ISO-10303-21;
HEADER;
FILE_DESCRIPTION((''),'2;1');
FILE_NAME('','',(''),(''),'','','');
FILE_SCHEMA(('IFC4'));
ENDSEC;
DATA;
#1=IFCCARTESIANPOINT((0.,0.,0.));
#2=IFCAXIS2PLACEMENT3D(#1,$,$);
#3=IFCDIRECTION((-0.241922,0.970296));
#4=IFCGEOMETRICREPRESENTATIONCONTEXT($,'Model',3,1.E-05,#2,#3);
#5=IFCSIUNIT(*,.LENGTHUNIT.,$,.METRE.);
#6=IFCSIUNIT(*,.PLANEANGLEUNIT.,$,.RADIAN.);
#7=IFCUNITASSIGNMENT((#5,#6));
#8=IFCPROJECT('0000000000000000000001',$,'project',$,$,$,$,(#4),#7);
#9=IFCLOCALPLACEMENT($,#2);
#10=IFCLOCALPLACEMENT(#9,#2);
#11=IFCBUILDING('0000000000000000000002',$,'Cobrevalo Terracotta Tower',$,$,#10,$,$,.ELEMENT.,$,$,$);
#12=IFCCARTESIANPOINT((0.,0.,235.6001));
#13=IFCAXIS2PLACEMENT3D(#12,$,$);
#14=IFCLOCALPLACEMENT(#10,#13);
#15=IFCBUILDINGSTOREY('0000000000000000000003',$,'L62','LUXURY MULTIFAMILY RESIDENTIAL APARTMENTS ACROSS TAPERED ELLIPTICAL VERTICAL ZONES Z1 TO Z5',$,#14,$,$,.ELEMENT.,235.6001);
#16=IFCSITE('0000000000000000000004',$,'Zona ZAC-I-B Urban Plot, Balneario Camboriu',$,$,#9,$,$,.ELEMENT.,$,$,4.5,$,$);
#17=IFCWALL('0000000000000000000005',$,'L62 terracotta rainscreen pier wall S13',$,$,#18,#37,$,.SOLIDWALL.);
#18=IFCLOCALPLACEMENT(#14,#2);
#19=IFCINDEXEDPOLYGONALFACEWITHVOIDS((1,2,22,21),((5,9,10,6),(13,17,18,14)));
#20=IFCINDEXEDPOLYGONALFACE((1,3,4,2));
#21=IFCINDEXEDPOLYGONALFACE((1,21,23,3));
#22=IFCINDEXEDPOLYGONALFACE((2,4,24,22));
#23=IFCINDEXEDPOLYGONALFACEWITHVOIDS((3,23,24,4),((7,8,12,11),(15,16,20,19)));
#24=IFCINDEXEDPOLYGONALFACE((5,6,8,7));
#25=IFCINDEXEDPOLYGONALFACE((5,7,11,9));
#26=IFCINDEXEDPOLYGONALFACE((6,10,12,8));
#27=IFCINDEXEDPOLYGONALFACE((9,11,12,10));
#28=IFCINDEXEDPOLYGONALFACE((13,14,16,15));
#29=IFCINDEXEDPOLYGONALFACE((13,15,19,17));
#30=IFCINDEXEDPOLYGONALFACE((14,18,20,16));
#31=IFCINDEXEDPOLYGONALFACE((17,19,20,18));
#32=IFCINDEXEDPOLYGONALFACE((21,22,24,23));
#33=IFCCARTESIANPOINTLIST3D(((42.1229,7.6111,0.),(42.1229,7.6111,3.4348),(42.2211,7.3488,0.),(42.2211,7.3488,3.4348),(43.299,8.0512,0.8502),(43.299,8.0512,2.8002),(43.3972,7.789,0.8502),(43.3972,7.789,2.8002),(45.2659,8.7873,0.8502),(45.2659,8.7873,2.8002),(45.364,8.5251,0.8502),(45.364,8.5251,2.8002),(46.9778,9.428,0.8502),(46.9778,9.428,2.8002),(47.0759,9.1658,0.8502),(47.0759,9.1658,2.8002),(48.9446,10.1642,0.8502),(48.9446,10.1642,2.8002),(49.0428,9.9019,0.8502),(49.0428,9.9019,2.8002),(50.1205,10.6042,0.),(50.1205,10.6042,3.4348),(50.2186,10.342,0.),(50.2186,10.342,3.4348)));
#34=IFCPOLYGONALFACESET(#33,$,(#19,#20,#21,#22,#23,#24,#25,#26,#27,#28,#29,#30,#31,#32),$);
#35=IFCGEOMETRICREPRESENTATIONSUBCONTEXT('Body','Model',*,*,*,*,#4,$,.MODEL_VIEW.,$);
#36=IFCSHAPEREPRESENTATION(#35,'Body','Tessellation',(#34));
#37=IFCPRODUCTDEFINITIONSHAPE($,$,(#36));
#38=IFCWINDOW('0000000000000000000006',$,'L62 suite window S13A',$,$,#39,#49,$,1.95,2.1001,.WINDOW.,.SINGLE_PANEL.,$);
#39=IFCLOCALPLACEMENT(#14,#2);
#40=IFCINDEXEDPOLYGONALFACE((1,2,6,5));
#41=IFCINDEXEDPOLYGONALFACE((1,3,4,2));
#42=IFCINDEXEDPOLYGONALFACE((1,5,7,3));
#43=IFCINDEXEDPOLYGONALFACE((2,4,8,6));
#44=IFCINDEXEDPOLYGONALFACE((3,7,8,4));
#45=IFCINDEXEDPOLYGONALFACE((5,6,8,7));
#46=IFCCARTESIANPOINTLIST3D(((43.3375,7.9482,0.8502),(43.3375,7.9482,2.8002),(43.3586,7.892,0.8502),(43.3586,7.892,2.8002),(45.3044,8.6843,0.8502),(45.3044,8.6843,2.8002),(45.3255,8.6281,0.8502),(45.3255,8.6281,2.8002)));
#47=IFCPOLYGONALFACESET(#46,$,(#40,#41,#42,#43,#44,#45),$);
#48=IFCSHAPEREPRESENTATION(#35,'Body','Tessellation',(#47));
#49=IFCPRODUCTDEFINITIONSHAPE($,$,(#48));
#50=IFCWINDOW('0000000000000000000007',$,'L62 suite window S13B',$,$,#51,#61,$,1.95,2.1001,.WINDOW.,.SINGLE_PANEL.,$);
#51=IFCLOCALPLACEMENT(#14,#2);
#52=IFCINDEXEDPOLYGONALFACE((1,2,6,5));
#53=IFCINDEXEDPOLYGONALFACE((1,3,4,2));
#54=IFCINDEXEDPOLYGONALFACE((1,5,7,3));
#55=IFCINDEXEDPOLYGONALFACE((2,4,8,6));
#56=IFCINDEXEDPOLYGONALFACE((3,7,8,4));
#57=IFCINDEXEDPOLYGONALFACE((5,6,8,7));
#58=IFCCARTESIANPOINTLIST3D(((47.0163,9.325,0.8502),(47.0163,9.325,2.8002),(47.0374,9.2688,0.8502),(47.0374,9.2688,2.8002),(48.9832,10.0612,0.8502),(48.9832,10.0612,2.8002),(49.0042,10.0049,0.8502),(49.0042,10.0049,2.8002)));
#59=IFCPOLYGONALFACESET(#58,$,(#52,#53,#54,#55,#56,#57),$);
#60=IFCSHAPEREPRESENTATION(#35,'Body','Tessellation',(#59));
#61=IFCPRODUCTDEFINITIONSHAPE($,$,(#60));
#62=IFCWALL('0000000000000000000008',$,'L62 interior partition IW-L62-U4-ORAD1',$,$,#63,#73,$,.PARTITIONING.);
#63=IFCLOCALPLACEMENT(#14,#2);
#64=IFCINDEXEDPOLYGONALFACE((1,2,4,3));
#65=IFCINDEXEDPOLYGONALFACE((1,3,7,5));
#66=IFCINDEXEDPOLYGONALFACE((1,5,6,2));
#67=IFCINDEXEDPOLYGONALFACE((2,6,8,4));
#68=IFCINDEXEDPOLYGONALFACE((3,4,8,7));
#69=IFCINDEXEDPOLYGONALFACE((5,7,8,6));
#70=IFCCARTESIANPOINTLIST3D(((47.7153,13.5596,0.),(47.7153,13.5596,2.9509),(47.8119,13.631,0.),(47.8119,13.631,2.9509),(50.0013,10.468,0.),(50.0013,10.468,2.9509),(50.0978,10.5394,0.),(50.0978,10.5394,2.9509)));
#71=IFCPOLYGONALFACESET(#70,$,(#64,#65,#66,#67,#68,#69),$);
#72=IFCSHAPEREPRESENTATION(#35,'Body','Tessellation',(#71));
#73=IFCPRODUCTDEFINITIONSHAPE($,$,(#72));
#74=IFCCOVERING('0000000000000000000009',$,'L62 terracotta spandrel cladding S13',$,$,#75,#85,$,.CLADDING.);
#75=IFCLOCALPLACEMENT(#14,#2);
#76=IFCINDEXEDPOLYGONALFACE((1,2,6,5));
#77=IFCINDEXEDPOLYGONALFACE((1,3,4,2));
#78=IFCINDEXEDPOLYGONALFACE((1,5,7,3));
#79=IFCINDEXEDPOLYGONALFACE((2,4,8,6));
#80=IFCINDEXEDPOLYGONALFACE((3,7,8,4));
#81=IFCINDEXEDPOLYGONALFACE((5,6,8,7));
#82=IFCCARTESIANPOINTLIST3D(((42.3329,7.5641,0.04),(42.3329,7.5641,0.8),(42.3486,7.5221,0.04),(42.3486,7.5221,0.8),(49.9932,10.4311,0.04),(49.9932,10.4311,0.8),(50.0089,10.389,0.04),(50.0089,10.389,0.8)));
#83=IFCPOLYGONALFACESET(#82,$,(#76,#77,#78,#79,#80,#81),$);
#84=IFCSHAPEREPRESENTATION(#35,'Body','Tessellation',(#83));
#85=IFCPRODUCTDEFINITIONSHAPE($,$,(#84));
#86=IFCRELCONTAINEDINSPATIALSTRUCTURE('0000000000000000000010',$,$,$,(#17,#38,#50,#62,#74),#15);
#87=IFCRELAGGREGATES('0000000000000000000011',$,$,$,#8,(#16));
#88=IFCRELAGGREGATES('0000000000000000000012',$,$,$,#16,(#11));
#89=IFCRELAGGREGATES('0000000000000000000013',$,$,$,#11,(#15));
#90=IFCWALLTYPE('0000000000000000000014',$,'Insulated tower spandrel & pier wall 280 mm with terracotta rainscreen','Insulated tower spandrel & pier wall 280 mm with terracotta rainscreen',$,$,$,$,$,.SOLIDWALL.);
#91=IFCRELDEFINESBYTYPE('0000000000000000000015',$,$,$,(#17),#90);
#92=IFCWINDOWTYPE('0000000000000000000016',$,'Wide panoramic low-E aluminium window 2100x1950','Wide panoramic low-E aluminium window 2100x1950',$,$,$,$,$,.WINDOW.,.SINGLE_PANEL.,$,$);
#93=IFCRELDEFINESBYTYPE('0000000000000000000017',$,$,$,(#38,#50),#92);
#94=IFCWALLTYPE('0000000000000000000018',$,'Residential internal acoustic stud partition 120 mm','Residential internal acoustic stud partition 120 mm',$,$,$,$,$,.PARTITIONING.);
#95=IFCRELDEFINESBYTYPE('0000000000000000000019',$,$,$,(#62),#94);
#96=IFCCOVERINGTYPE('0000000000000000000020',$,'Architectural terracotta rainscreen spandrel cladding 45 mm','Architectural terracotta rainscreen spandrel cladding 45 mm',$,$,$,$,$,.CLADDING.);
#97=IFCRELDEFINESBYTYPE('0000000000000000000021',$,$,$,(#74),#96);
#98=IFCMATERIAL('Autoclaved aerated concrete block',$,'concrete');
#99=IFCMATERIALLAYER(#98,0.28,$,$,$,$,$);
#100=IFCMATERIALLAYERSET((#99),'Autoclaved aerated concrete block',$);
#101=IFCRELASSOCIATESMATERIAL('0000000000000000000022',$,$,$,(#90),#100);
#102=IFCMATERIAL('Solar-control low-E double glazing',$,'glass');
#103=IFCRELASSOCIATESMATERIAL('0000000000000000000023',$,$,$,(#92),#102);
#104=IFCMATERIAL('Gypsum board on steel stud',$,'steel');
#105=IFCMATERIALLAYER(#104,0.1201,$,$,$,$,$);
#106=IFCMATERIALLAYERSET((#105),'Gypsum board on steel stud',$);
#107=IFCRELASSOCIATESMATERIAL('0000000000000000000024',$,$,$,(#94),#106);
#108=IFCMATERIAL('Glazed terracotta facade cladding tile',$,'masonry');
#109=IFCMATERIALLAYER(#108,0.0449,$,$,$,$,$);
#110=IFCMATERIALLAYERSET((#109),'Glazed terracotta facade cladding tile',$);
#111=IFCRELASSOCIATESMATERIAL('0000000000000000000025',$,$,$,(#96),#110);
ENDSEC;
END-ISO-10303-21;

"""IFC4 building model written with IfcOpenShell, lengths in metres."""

from ifc_helpers import new_model, si_unit, direction, frame, frame_2d, origin, origin_2d, place, context, subcontext, project, spatial, rectangle, extrude, source, transform, mapped, material, layer, layer_set, type_object, element, fill, save


model = new_model("IFC4")

# Units and contexts
model_context = context("Model", 3, precision=1e-05, world=origin(), true_north=direction((-0.241922, 0.970296)))
body_context = subcontext(model_context, "Body", "Model", "MODEL_VIEW")
ifc_project = project(units=[si_unit("LENGTHUNIT", "METRE"), si_unit("PLANEANGLEUNIT", "RADIAN")], contexts=[model_context])

# Site, building, storey
site_placement = place(None, origin())
site = spatial("IfcSite", under=ifc_project, at=site_placement, Name="Zona ZAC-I-B Urban Plot, Balneario Camboriu", CompositionType="ELEMENT", RefElevation=4.5)
building_placement = place(site_placement, origin())
building = spatial("IfcBuilding", under=site, at=building_placement, Name="Cobrevalo Terracotta Tower", CompositionType="ELEMENT")
storey_placement = place(building_placement, frame((0.0, 0.0, 235.6001)))
storey = spatial("IfcBuildingStorey", under=building, at=storey_placement, Name="L62", Description="LUXURY MULTIFAMILY RESIDENTIAL APARTMENTS ACROSS TAPERED ELLIPTICAL VERTICAL ZONES Z1 TO Z5", CompositionType="ELEMENT", Elevation=235.6001)

# Shared definitions
ifc_material_1 = material(Name="Gypsum board on steel stud", Category="steel")

# Shared definitions
ifc_material_2 = material(Name="Autoclaved aerated concrete block", Category="concrete")

# Wall, openings, windows
ifc_layer_1 = layer(ifc_material_2, 0.28)
ifc_layer_set_1 = layer_set([ifc_layer_1], Name="Autoclaved aerated concrete block")
wall_type_1 = type_object("IfcWallType", Name="Insulated tower spandrel & pier wall 280 mm with terracotta rainscreen", Description="Insulated tower spandrel & pier wall 280 mm with terracotta rainscreen", PredefinedType="SOLIDWALL", material=ifc_layer_set_1)
wall_1_placement = place(storey_placement, frame((42.1721, 7.48, 0.0), z_axis=(0.0, 0.0, 1.0), x_axis=(0.936557, 0.350516, 0.0)))
wall_1 = element("IfcWall", 1, at=wall_1_placement, inside=storey, type_object=wall_type_1, Name="L62 terracotta rainscreen pier wall S13", PredefinedType="SOLIDWALL", context=body_context, shape_type="SweptSolid", body=[
    extrude(rectangle(XDim=8.5393, YDim=0.28, at=frame_2d((4.2695, 0.0))), origin(), (0.0, 0.0, 1.0), 3.4348),
])
opening_1_placement = place(wall_1_placement, frame((1.2556, 0.0, 0.8501)))
opening_1 = element("IfcOpeningElement", 2, at=opening_1_placement, cuts=wall_1, PredefinedType="OPENING", context=body_context, shape_type="SweptSolid", body=[
    extrude(rectangle(XDim=2.1001, YDim=1.95, at=frame_2d((1.05, 0.9751))), frame((0.0, 0.1499, 0.0), z_axis=(0.0, -1.0, 0.0), x_axis=(1.0, 0.0, 0.0)), (0.0, 0.0, 1.0), 0.3),
])
opening_2_placement = place(wall_1_placement, frame((5.1836, 0.0, 0.8501)))
opening_2 = element("IfcOpeningElement", 3, at=opening_2_placement, cuts=wall_1, PredefinedType="OPENING", context=body_context, shape_type="SweptSolid", body=[
    extrude(rectangle(XDim=2.1001, YDim=1.95, at=frame_2d((1.05, 0.9751))), frame((0.0, 0.1499, 0.0), z_axis=(0.0, -1.0, 0.0), x_axis=(1.0, 0.0, 0.0)), (0.0, 0.0, 1.0), 0.3),
])
ifc_material_3 = material(Name="Solar-control low-E double glazing", Category="glass")
window_type = type_object("IfcWindowType", Name="Wide panoramic low-E aluminium window 2100x1950", Description="Wide panoramic low-E aluminium window 2100x1950", PartitioningType="SINGLE_PANEL", PredefinedType="WINDOW", material=ifc_material_3)
shared_shape_1 = source(origin(), body_context, "Body", "SweptSolid", [
    extrude(rectangle(XDim=2.1001, YDim=1.95, at=frame_2d((1.05, 0.9751))), frame((0.0, 0.03, 0.0), z_axis=(0.0, -1.0, 0.0), x_axis=(1.0, 0.0, 0.0)), (0.0, 0.0, 1.0), 0.0601),
])
window_1_placement = place(opening_1_placement, origin())
window_1 = element("IfcWindow", 4, at=window_1_placement, inside=storey, type_object=window_type, Name="L62 suite window S13A", OverallHeight=1.95, OverallWidth=2.1001, PartitioningType="SINGLE_PANEL", PredefinedType="WINDOW", context=body_context, shape_type="MappedRepresentation", body=[
    mapped(shared_shape_1, transform((0.0, 0.0, 0.0), scale=1.0)),
])
fill(opening_1, window_1)
window_2_placement = place(opening_2_placement, origin())
window_2 = element("IfcWindow", 5, at=window_2_placement, inside=storey, type_object=window_type, Name="L62 suite window S13B", OverallHeight=1.95, OverallWidth=2.1001, PartitioningType="SINGLE_PANEL", PredefinedType="WINDOW", context=body_context, shape_type="MappedRepresentation", body=[
    mapped(shared_shape_1, transform((0.0, 0.0, 0.0), scale=1.0)),
])
fill(opening_2, window_2)

# Shared definitions
ifc_layer_2 = layer(ifc_material_1, 0.1201)
ifc_layer_set_2 = layer_set([ifc_layer_2], Name="Gypsum board on steel stud")
wall_type_2 = type_object("IfcWallType", Name="Residential internal acoustic stud partition 120 mm", Description="Residential internal acoustic stud partition 120 mm", PredefinedType="PARTITIONING", material=ifc_layer_set_2)

# Wall
wall_2_placement = place(storey_placement, frame((47.7637, 13.5952, 0.0), z_axis=(0.0, 0.0, 1.0), x_axis=(0.59453, -0.804073, 0.0)))
element("IfcWall", 6, at=wall_2_placement, inside=storey, type_object=wall_type_2, Name="L62 interior partition IW-L62-U4-ORAD1", PredefinedType="PARTITIONING", context=body_context, shape_type="SweptSolid", body=[
    extrude(rectangle(XDim=3.845, YDim=0.1201, at=frame_2d((1.9224, 0.0))), origin(), (0.0, 0.0, 1.0), 2.9509),
])

# Covering
ifc_material_4 = material(Name="Glazed terracotta facade cladding tile", Category="masonry")
ifc_layer_3 = layer(ifc_material_4, 0.0449)
ifc_layer_set_3 = layer_set([ifc_layer_3], Name="Glazed terracotta facade cladding tile")
covering_type = type_object("IfcCoveringType", Name="Architectural terracotta rainscreen spandrel cladding 45 mm", Description="Architectural terracotta rainscreen spandrel cladding 45 mm", PredefinedType="CLADDING", material=ifc_layer_set_3)
shared_shape_2 = source(origin(), body_context, "Body", "SweptSolid", [
    extrude(rectangle(XDim=8.1792, YDim=0.0449, at=origin_2d()), origin(), (0.0, 0.0, 1.0), 0.76),
])
covering_placement = place(storey_placement, frame((46.1709, 8.9766, 0.04), z_axis=(0.0, 0.0, 1.0), x_axis=(0.936558, 0.350513, 0.0)))
element("IfcCovering", 7, at=covering_placement, inside=storey, type_object=covering_type, Name="L62 terracotta spandrel cladding S13", PredefinedType="CLADDING", context=body_context, shape_type="MappedRepresentation", body=[
    mapped(shared_shape_2, transform((0.0, 0.0, 0.0), scale=1.0)),
])

save(model, "model.ifc")
